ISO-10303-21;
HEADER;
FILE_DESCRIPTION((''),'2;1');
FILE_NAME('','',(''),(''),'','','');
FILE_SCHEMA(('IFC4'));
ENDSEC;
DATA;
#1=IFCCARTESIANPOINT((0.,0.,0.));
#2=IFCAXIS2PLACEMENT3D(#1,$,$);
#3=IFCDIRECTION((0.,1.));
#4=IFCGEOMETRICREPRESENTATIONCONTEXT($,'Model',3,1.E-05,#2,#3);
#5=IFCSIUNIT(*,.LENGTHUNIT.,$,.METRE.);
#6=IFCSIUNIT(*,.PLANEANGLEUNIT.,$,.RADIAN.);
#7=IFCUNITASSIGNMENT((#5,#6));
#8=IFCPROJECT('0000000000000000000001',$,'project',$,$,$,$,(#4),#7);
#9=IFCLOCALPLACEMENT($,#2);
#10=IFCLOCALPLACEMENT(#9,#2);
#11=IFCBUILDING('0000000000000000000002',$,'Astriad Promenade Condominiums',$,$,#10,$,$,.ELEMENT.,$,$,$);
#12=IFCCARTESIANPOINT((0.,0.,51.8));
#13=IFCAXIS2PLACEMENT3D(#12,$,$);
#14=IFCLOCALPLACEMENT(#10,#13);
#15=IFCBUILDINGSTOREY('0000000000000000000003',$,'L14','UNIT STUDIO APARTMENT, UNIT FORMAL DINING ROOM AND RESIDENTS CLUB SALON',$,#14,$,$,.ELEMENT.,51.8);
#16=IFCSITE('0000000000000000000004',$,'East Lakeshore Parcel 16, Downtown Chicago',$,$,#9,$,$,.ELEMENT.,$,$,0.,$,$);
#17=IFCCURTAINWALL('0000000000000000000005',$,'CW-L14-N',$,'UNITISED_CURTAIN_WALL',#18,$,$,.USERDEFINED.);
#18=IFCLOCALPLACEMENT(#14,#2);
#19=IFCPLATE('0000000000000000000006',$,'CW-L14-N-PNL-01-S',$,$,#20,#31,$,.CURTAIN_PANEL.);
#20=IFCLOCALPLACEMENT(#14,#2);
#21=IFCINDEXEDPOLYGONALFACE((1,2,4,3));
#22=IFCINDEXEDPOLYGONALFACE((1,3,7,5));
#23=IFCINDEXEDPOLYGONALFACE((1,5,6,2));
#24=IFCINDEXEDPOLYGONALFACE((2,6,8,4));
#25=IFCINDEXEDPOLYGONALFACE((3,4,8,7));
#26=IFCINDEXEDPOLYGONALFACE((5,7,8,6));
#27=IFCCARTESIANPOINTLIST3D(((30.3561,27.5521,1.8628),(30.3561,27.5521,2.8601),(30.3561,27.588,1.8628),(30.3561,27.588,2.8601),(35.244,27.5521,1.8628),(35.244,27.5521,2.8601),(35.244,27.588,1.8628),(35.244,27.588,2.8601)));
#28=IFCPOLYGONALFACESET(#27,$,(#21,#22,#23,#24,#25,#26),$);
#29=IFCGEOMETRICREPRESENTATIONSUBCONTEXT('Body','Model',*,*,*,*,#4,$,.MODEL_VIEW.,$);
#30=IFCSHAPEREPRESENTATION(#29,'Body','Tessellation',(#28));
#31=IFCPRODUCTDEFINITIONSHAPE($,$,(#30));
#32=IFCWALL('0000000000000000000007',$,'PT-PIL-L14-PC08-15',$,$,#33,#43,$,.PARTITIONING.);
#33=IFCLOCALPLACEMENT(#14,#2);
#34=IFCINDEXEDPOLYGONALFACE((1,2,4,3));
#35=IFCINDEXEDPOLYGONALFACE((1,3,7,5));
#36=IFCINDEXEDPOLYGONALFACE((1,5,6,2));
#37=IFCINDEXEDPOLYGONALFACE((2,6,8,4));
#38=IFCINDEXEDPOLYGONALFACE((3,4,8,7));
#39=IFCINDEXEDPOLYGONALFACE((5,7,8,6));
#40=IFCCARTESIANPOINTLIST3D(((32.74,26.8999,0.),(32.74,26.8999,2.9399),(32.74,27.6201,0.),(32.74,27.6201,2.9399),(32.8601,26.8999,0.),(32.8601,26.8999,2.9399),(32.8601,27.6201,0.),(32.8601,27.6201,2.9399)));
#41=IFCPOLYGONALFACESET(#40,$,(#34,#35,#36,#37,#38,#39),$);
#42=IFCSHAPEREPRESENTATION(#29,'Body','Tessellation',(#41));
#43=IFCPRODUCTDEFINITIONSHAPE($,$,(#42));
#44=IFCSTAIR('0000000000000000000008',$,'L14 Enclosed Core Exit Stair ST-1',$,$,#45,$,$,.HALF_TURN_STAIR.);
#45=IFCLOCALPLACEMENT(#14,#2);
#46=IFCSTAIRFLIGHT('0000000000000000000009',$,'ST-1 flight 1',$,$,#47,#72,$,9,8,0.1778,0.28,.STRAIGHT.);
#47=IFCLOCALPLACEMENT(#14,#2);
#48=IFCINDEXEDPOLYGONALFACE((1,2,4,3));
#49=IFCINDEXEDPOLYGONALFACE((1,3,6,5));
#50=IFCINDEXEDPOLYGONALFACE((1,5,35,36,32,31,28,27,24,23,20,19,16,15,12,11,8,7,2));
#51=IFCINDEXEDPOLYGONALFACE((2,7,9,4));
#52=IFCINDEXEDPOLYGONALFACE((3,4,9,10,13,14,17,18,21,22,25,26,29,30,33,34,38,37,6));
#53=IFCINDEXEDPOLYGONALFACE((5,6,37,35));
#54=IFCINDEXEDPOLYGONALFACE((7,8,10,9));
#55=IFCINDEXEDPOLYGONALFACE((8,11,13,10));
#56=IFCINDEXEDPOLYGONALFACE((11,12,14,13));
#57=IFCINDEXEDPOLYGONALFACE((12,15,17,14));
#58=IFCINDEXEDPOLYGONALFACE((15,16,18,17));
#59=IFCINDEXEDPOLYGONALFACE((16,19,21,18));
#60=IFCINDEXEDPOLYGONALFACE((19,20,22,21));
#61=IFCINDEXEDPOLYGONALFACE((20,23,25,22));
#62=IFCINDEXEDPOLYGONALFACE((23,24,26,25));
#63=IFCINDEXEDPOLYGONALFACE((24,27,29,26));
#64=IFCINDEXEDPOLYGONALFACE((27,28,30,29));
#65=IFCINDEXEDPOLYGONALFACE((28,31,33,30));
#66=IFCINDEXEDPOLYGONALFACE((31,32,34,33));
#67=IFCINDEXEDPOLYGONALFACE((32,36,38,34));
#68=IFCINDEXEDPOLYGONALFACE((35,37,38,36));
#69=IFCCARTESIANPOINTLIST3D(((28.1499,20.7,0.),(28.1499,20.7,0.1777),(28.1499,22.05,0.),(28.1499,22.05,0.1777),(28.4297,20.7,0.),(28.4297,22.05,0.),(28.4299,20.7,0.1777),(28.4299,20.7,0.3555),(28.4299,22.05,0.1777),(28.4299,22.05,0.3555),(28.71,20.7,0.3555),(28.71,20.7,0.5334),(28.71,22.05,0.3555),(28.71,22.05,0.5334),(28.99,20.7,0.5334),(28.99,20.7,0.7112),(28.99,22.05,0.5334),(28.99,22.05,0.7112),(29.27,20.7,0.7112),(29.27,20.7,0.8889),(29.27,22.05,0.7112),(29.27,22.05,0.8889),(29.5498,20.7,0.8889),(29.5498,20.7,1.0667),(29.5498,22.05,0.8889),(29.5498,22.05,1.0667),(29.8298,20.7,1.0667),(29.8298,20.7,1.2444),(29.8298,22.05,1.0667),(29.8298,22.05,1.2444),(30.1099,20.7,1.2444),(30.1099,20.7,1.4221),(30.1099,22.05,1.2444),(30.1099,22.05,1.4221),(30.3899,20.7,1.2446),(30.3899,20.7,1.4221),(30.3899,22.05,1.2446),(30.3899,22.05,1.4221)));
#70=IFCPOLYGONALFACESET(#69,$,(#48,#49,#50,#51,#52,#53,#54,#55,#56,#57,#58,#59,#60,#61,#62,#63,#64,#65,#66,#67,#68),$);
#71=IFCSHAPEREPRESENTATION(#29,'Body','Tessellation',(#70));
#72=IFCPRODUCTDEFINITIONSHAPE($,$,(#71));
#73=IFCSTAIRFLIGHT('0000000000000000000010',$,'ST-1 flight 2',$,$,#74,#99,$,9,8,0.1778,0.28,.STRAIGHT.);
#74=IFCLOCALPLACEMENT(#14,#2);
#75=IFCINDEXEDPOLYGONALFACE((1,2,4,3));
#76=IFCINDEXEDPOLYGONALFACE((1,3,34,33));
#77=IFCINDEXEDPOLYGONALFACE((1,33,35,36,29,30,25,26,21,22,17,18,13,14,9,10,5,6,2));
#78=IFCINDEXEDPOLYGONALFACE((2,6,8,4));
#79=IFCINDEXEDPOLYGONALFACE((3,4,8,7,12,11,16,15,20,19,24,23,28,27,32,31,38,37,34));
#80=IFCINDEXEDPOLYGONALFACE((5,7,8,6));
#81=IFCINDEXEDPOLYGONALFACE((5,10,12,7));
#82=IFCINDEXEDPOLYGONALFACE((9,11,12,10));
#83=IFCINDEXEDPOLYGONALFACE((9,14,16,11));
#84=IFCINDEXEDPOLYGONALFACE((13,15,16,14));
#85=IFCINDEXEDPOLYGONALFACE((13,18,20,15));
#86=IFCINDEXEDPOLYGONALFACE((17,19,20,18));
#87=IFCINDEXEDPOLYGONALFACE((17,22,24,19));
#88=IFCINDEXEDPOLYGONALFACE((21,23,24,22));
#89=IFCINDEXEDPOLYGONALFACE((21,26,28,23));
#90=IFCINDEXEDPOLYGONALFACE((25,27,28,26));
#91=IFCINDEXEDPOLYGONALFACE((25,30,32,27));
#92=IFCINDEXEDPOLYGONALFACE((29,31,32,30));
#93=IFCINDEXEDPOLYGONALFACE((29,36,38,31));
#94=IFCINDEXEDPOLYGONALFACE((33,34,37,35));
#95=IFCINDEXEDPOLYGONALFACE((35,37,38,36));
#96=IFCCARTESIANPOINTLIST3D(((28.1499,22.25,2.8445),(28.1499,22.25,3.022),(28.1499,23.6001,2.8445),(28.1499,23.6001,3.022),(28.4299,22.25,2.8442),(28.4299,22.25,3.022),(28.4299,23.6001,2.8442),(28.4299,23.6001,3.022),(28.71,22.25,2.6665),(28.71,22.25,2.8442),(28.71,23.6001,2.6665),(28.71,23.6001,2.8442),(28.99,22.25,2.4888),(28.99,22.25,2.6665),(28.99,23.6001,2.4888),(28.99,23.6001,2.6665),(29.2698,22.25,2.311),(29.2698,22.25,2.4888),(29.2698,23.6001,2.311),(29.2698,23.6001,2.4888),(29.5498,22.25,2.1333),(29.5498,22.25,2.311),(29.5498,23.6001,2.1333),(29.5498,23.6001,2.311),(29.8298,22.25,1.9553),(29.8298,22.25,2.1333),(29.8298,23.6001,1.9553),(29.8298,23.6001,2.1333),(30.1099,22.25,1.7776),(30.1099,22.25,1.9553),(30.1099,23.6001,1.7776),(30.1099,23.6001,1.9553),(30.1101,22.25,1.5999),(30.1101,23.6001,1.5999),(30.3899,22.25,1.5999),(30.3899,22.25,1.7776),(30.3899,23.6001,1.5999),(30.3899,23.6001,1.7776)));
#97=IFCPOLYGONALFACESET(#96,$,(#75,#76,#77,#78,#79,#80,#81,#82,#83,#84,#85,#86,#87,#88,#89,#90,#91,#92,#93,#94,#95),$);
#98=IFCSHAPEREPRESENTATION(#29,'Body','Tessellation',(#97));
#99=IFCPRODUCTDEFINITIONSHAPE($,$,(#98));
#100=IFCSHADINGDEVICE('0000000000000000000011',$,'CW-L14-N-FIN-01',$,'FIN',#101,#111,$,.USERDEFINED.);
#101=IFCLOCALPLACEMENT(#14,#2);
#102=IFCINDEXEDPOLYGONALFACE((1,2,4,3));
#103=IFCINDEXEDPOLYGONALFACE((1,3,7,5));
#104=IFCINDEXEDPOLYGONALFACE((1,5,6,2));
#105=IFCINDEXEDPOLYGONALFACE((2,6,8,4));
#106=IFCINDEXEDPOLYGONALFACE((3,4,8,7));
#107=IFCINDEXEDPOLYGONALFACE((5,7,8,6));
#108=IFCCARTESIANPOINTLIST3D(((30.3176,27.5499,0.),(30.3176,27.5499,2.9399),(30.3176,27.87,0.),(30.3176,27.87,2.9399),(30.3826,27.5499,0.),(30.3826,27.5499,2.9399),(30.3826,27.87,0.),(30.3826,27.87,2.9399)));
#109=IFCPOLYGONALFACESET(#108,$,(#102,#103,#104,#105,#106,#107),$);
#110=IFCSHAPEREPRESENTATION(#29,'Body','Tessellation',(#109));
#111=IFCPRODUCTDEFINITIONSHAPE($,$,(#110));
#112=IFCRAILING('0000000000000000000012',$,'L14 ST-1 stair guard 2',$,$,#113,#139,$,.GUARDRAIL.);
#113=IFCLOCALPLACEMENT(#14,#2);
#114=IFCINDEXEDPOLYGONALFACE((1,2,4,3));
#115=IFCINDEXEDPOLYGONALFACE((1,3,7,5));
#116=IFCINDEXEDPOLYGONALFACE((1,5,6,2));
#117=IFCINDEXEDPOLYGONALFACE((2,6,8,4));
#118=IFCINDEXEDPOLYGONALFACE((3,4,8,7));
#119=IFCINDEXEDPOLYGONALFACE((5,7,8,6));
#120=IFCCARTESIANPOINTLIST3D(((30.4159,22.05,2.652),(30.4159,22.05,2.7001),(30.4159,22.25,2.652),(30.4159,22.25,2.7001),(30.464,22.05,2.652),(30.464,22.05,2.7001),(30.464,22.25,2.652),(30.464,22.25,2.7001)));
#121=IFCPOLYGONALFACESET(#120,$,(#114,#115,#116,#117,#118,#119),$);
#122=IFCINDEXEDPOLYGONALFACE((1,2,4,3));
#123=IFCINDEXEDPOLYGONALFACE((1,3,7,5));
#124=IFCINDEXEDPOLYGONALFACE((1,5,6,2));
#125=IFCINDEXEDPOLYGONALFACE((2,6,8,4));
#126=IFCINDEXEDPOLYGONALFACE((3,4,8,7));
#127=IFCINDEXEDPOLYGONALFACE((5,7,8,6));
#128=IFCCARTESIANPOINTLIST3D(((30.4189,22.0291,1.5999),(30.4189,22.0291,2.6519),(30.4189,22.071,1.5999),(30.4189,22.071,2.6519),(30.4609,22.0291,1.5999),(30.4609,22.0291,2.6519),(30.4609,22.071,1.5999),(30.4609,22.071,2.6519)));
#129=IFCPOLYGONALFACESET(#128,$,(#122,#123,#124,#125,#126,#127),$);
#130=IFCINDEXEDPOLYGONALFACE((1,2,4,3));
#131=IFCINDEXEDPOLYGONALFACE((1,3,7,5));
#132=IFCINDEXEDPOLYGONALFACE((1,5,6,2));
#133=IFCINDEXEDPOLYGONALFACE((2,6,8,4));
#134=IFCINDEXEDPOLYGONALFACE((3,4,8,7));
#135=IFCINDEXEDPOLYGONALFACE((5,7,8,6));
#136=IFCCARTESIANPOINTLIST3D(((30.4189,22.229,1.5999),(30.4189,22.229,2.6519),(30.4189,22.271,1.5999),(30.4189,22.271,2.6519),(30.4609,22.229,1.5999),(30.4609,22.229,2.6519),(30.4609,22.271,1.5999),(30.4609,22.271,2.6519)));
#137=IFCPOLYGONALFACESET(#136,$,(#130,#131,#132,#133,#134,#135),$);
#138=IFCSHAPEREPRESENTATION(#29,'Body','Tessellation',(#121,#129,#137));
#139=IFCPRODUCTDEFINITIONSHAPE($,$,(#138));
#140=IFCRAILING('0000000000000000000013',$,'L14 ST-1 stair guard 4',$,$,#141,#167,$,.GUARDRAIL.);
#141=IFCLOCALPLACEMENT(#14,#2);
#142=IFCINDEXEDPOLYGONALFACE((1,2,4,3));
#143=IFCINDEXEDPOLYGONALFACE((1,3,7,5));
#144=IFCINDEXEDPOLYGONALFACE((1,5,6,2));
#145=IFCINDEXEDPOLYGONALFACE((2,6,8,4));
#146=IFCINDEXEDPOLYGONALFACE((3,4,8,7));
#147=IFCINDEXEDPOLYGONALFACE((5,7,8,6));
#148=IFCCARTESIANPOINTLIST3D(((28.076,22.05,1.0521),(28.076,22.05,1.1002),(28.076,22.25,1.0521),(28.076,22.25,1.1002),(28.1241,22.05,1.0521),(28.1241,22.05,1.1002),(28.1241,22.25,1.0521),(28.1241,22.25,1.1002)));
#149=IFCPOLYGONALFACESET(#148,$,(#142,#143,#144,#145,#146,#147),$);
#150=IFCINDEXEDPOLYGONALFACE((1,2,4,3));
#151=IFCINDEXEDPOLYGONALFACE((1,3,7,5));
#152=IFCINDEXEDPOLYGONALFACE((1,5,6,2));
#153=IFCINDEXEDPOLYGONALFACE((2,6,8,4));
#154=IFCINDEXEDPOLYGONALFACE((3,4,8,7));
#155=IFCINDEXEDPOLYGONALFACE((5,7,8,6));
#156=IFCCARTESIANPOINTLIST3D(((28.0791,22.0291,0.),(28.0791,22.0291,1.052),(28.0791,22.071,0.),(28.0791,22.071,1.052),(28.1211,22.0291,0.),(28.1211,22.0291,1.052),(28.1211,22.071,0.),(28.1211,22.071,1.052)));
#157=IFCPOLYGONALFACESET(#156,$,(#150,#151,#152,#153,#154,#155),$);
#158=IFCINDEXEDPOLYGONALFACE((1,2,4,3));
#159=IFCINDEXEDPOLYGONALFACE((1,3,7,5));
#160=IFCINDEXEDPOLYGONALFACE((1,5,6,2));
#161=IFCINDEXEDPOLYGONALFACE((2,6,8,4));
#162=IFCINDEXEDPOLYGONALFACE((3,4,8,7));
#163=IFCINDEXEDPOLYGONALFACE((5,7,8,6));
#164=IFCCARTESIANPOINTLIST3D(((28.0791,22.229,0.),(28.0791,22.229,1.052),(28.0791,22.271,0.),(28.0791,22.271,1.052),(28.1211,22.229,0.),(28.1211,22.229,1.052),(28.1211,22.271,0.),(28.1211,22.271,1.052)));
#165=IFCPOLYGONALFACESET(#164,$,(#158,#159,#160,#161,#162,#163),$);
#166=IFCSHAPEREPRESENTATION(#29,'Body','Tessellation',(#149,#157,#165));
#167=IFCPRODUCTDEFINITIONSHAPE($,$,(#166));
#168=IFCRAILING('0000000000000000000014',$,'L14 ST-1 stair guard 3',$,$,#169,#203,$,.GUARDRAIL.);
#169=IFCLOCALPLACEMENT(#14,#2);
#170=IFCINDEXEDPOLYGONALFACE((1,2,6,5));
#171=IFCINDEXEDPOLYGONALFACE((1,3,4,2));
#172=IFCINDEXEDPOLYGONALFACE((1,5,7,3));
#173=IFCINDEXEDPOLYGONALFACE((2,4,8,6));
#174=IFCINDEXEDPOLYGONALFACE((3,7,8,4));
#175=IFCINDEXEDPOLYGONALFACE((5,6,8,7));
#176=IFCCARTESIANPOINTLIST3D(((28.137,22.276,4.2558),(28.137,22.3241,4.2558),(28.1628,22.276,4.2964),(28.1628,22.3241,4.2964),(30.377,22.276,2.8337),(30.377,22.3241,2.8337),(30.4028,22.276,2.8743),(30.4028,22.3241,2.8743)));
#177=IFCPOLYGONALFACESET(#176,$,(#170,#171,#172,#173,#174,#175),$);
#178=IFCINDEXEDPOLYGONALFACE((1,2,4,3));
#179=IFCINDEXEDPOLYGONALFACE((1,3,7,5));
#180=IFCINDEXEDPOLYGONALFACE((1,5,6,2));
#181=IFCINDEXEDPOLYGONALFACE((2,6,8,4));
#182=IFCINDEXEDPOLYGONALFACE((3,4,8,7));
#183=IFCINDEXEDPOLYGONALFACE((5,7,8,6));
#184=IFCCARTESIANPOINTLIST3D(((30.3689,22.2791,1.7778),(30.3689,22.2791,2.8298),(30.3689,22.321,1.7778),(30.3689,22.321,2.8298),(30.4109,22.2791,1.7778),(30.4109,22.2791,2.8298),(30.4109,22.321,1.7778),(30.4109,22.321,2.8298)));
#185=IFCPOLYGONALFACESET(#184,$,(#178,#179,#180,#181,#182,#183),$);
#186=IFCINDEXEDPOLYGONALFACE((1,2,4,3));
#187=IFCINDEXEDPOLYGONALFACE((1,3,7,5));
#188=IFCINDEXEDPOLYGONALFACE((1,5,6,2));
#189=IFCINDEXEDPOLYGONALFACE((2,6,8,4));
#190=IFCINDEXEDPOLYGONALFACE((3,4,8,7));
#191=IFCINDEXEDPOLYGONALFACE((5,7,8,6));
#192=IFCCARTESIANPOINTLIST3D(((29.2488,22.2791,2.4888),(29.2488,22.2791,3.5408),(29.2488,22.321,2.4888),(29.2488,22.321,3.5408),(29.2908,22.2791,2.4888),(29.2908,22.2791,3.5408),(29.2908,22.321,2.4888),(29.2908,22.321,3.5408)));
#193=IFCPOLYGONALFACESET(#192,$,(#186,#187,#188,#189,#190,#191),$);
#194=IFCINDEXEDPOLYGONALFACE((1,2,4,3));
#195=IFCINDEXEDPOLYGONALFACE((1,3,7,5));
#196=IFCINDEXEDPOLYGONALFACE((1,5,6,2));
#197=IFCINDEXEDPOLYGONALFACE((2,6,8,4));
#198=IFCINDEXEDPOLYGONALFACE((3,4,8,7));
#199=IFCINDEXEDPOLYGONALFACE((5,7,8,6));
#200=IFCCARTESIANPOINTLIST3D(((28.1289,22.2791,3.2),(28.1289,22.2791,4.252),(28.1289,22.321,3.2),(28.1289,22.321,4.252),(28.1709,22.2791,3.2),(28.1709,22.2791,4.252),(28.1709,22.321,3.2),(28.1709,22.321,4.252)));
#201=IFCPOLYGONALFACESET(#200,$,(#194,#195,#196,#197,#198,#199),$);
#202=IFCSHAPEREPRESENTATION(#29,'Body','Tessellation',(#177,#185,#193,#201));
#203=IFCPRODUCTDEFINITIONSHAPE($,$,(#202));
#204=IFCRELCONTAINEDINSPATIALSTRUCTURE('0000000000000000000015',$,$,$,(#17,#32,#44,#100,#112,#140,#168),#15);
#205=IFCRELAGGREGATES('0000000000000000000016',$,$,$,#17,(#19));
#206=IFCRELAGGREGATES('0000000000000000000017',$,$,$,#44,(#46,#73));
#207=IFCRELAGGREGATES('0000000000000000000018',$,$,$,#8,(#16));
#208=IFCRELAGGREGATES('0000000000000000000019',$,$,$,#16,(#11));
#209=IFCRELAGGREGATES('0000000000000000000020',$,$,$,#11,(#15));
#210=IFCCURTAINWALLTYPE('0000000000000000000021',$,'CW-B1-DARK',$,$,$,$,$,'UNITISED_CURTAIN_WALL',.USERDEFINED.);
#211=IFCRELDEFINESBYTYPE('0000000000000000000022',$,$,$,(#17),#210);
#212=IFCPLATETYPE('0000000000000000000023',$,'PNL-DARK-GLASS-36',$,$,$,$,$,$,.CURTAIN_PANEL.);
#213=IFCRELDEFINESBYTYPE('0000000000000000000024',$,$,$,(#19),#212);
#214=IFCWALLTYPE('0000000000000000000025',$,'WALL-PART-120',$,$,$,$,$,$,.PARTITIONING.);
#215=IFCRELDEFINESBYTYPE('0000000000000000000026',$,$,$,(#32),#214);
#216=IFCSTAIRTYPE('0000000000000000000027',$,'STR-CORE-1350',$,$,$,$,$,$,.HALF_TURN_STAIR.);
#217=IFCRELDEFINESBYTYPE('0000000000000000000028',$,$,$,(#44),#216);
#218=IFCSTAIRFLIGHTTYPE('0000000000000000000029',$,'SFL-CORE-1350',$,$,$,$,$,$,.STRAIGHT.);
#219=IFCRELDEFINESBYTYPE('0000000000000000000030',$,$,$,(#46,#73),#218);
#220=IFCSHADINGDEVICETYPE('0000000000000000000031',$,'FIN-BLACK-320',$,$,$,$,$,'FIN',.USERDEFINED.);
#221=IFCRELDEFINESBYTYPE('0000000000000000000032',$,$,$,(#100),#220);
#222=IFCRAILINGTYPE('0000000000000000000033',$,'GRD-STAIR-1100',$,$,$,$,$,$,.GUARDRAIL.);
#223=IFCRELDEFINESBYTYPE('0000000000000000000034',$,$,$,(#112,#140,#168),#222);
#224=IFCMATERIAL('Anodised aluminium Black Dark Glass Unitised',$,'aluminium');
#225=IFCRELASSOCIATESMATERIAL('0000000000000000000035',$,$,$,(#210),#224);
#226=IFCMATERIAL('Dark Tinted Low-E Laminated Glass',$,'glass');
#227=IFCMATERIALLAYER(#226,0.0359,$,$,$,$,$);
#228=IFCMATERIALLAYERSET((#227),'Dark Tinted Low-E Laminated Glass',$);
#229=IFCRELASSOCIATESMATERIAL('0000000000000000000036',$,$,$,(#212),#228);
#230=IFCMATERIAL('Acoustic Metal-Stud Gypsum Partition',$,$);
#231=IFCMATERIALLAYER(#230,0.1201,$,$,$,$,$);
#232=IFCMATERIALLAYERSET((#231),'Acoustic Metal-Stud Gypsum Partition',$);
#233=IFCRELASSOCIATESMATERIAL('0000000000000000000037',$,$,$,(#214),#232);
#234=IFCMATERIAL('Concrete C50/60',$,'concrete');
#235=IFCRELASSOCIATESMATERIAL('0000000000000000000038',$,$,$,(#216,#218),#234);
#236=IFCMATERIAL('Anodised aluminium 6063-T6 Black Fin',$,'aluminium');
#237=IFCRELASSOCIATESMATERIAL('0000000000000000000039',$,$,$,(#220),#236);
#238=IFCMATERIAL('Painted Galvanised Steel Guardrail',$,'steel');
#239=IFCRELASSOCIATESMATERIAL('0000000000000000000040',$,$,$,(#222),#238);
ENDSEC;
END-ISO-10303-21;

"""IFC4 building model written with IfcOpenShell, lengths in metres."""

from ifc_helpers import new_model, si_unit, direction, frame, frame_2d, origin, origin_2d, place, context, subcontext, project, spatial, polyline, rectangle, outline, extrude, source, transform, mapped, material, layer, layer_set, type_object, type_shapes, element, aggregate, save


model = new_model("IFC4")

# Units and contexts
model_context = context("Model", 3, precision=1e-05, world=origin(), true_north=direction((0.0, 1.0)))
body_context = subcontext(model_context, "Body", "Model", "MODEL_VIEW")
ifc_project = project(units=[si_unit("LENGTHUNIT", "METRE"), si_unit("PLANEANGLEUNIT", "RADIAN")], contexts=[model_context])

# Site, building, storey
site_placement = place(None, origin())
site = spatial("IfcSite", under=ifc_project, at=site_placement, Name="East Lakeshore Parcel 16, Downtown Chicago", CompositionType="ELEMENT", RefElevation=0.0)
building_placement = place(site_placement, origin())
building = spatial("IfcBuilding", under=site, at=building_placement, Name="Astriad Promenade Condominiums", CompositionType="ELEMENT")
storey_placement = place(building_placement, frame((0.0, 0.0, 51.8)))
storey = spatial("IfcBuildingStorey", under=building, at=storey_placement, Name="L14", Description="UNIT STUDIO APARTMENT, UNIT FORMAL DINING ROOM AND RESIDENTS CLUB SALON", CompositionType="ELEMENT", Elevation=51.8)

# Curtain wall, plate
ifc_material_1 = material(Name="Anodised aluminium Black Dark Glass Unitised", Category="aluminium")
curtain_wall_type = type_object("IfcCurtainWallType", Name="CW-B1-DARK", ElementType="UNITISED_CURTAIN_WALL", PredefinedType="USERDEFINED", material=ifc_material_1)
curtain_wall_placement = place(storey_placement, origin())
curtain_wall = element("IfcCurtainWall", 1, at=curtain_wall_placement, inside=storey, type_object=curtain_wall_type, Name="CW-L14-N", ObjectType="UNITISED_CURTAIN_WALL", PredefinedType="USERDEFINED")
ifc_material_2 = material(Name="Dark Tinted Low-E Laminated Glass", Category="glass")
ifc_layer_1 = layer(ifc_material_2, 0.0359)
ifc_layer_set_1 = layer_set([ifc_layer_1], Name="Dark Tinted Low-E Laminated Glass")
plate_type = type_object("IfcPlateType", Name="PNL-DARK-GLASS-36", PredefinedType="CURTAIN_PANEL", material=ifc_layer_set_1)
shared_shape_1 = source(origin(), body_context, "Body", "SweptSolid", [
    extrude(rectangle(XDim=4.8879, YDim=0.0359, at=origin_2d()), origin(), (0.0, 0.0, 1.0), 0.9973),
])
plate_1_placement = place(storey_placement, frame((32.8, 27.5701, 1.8628), z_axis=(0.0, 0.0, 1.0), x_axis=(1.0, 0.0, 0.0)))
plate_1 = element("IfcPlate", 2, at=plate_1_placement, type_object=plate_type, Name="CW-L14-N-PNL-01-S", PredefinedType="CURTAIN_PANEL", context=body_context, shape_type="MappedRepresentation", body=[
    mapped(shared_shape_1, transform((0.0, 0.0, 0.0), scale=1.0)),
])
aggregate(curtain_wall, [plate_1])

# Wall
ifc_material_3 = material(Name="Acoustic Metal-Stud Gypsum Partition")
ifc_layer_2 = layer(ifc_material_3, 0.1201)
ifc_layer_set_2 = layer_set([ifc_layer_2], Name="Acoustic Metal-Stud Gypsum Partition")
wall_type = type_object("IfcWallType", Name="WALL-PART-120", PredefinedType="PARTITIONING", material=ifc_layer_set_2)
wall_placement = place(storey_placement, frame((32.8, 26.8999, 0.0), z_axis=(0.0, 0.0, 1.0), x_axis=(0.0, 1.0, 0.0)))
element("IfcWall", 3, at=wall_placement, inside=storey, type_object=wall_type, Name="PT-PIL-L14-PC08-15", PredefinedType="PARTITIONING", context=body_context, shape_type="SweptSolid", body=[
    extrude(rectangle(XDim=0.7202, YDim=0.1201, at=frame_2d((0.3601, 0.0))), origin(), (0.0, 0.0, 1.0), 2.9399),
])

# Stair, stair flights
ifc_material_4 = material(Name="Concrete C50/60", Category="concrete")
stair_type = type_object("IfcStairType", Name="STR-CORE-1350", PredefinedType="HALF_TURN_STAIR", material=ifc_material_4)
stair_placement = place(storey_placement, origin())
stair = element("IfcStair", 4, at=stair_placement, inside=storey, type_object=stair_type, Name="L14 Enclosed Core Exit Stair ST-1", PredefinedType="HALF_TURN_STAIR")
stair_flight_type = type_object("IfcStairFlightType", Name="SFL-CORE-1350", PredefinedType="STRAIGHT", material=ifc_material_4)
shared_shape_2 = source(origin(), body_context, "Body", "SweptSolid", [
    extrude(outline(polyline([(0.0, 0.0), (0.0, 0.1777), (0.28, 0.1777), (0.28, 0.3555), (0.5601, 0.3555), (0.5601, 0.5334), (0.8401, 0.5334), (0.8401, 0.7112), (1.1201, 0.7112), (1.1201, 0.8889), (1.3999, 0.8889), (1.3999, 1.0667), (1.6799, 1.0667), (1.6799, 1.2444), (1.96, 1.2444), (1.96, 1.4221), (2.24, 1.4221), (2.24, 1.6001), (2.24, 1.2446), (0.2798, 0.0), (0.0, 0.0)])), frame((0.0, 0.675, 0.0), z_axis=(0.0, -1.0, 0.0), x_axis=(1.0, 0.0, 0.0)), (0.0, 0.0, 1.0), 1.3501),
])
type_shapes(stair_flight_type, [shared_shape_2])
stair_flight_1_placement = place(storey_placement, frame((28.1499, 21.375, 0.0), z_axis=(0.0, 0.0, 1.0), x_axis=(1.0, 0.0, 0.0)))
stair_flight_1 = element("IfcStairFlight", 5, at=stair_flight_1_placement, type_object=stair_flight_type, Name="ST-1 flight 1", NumberOfRisers=9, NumberOfTreads=8, PredefinedType="STRAIGHT", RiserHeight=0.1778, TreadLength=0.28, context=body_context, shape_type="MappedRepresentation", body=[
    mapped(shared_shape_2, transform((0.0, 0.0, 0.0), scale=1.0)),
])
stair_flight_2_placement = place(storey_placement, frame((30.3899, 22.925, 1.5999), z_axis=(0.0, 0.0, 1.0), x_axis=(-1.0, 0.0, 0.0)))
stair_flight_2 = element("IfcStairFlight", 6, at=stair_flight_2_placement, type_object=stair_flight_type, Name="ST-1 flight 2", NumberOfRisers=9, NumberOfTreads=8, PredefinedType="STRAIGHT", RiserHeight=0.1778, TreadLength=0.28, context=body_context, shape_type="MappedRepresentation", body=[
    mapped(shared_shape_2, transform((0.0, 0.0, 0.0), scale=1.0)),
])
aggregate(stair, [stair_flight_1, stair_flight_2])

# Shading device
ifc_material_5 = material(Name="Anodised aluminium 6063-T6 Black Fin", Category="aluminium")
shading_device_type = type_object("IfcShadingDeviceType", Name="FIN-BLACK-320", ElementType="FIN", PredefinedType="USERDEFINED", material=ifc_material_5)
shared_shape_3 = source(origin(), body_context, "Body", "SweptSolid", [
    extrude(rectangle(XDim=0.0649, YDim=0.3201, at=origin_2d()), origin(), (0.0, 0.0, 1.0), 2.9399),
])
type_shapes(shading_device_type, [shared_shape_3])
shading_device_placement = place(storey_placement, frame((30.3501, 27.71, 0.0), z_axis=(0.0, 0.0, 1.0), x_axis=(1.0, 0.0, 0.0)))
element("IfcShadingDevice", 7, at=shading_device_placement, inside=storey, type_object=shading_device_type, Name="CW-L14-N-FIN-01", ObjectType="FIN", PredefinedType="USERDEFINED", context=body_context, shape_type="MappedRepresentation", body=[
    mapped(shared_shape_3, transform((0.0, 0.0, 0.0), scale=1.0)),
])

# Railings
ifc_material_6 = material(Name="Painted Galvanised Steel Guardrail", Category="steel")
railing_type_1 = type_object("IfcRailingType", Name="GRD-STAIR-1100", PredefinedType="GUARDRAIL", material=ifc_material_6)
shared_shape_4 = source(origin(), body_context, "Body", "SweptSolid", [
    extrude(rectangle(XDim=0.0481, YDim=0.0481, at=origin_2d()), frame((0.0, 0.0, 1.0762), z_axis=(0.0, 1.0, 0.0), x_axis=(-1.0, 0.0, 0.0)), (0.0, 0.0, 1.0), 0.2),
    extrude(rectangle(XDim=0.042, YDim=0.042, at=origin_2d()), origin(), (0.0, 0.0, 1.0), 1.052),
    extrude(rectangle(XDim=0.042, YDim=0.042, at=origin_2d()), frame((0.0, 0.2, 0.0)), (0.0, 0.0, 1.0), 1.052),
])
for number, where, name in (
    (8, (30.4399, 22.05, 1.5999), "L14 ST-1 stair guard 2"),
    (9, (28.1001, 22.05, 0.0), "L14 ST-1 stair guard 4"),
):
    element("IfcRailing", number, at=place(storey_placement, frame(where)), inside=storey, type_object=railing_type_1, Name=name, PredefinedType="GUARDRAIL", context=body_context, shape_type="MappedRepresentation", body=[
        mapped(shared_shape_4, transform((0.0, 0.0, 0.0), scale=1.0)),
    ])
shared_shape_5 = source(origin(), body_context, "Body", "SweptSolid", [
    extrude(rectangle(XDim=0.0481, YDim=0.0481, at=origin_2d()), frame((0.0, 0.0, 1.0762), z_axis=(-0.844229, 0.0, 0.535982), x_axis=(0.0, -1.0, 0.0)), (0.0, 0.0, 1.0), 2.6533),
    extrude(rectangle(XDim=0.042, YDim=0.042, at=origin_2d()), origin(), (0.0, 0.0, 1.0), 1.052),
    extrude(rectangle(XDim=0.042, YDim=0.042, at=origin_2d()), frame((-1.1201, 0.0, 0.7109)), (0.0, 0.0, 1.0), 1.052),
    extrude(rectangle(XDim=0.042, YDim=0.042, at=origin_2d()), frame((-2.24, 0.0, 1.4221)), (0.0, 0.0, 1.0), 1.052),
])
railing_1_placement = place(storey_placement, frame((30.3899, 22.3, 1.7778)))
element("IfcRailing", 10, at=railing_1_placement, inside=storey, type_object=railing_type_1, Name="L14 ST-1 stair guard 3", PredefinedType="GUARDRAIL", context=body_context, shape_type="MappedRepresentation", body=[
    mapped(shared_shape_5, transform((0.0, 0.0, 0.0), scale=1.0)),
])

save(model, "model.ifc")
